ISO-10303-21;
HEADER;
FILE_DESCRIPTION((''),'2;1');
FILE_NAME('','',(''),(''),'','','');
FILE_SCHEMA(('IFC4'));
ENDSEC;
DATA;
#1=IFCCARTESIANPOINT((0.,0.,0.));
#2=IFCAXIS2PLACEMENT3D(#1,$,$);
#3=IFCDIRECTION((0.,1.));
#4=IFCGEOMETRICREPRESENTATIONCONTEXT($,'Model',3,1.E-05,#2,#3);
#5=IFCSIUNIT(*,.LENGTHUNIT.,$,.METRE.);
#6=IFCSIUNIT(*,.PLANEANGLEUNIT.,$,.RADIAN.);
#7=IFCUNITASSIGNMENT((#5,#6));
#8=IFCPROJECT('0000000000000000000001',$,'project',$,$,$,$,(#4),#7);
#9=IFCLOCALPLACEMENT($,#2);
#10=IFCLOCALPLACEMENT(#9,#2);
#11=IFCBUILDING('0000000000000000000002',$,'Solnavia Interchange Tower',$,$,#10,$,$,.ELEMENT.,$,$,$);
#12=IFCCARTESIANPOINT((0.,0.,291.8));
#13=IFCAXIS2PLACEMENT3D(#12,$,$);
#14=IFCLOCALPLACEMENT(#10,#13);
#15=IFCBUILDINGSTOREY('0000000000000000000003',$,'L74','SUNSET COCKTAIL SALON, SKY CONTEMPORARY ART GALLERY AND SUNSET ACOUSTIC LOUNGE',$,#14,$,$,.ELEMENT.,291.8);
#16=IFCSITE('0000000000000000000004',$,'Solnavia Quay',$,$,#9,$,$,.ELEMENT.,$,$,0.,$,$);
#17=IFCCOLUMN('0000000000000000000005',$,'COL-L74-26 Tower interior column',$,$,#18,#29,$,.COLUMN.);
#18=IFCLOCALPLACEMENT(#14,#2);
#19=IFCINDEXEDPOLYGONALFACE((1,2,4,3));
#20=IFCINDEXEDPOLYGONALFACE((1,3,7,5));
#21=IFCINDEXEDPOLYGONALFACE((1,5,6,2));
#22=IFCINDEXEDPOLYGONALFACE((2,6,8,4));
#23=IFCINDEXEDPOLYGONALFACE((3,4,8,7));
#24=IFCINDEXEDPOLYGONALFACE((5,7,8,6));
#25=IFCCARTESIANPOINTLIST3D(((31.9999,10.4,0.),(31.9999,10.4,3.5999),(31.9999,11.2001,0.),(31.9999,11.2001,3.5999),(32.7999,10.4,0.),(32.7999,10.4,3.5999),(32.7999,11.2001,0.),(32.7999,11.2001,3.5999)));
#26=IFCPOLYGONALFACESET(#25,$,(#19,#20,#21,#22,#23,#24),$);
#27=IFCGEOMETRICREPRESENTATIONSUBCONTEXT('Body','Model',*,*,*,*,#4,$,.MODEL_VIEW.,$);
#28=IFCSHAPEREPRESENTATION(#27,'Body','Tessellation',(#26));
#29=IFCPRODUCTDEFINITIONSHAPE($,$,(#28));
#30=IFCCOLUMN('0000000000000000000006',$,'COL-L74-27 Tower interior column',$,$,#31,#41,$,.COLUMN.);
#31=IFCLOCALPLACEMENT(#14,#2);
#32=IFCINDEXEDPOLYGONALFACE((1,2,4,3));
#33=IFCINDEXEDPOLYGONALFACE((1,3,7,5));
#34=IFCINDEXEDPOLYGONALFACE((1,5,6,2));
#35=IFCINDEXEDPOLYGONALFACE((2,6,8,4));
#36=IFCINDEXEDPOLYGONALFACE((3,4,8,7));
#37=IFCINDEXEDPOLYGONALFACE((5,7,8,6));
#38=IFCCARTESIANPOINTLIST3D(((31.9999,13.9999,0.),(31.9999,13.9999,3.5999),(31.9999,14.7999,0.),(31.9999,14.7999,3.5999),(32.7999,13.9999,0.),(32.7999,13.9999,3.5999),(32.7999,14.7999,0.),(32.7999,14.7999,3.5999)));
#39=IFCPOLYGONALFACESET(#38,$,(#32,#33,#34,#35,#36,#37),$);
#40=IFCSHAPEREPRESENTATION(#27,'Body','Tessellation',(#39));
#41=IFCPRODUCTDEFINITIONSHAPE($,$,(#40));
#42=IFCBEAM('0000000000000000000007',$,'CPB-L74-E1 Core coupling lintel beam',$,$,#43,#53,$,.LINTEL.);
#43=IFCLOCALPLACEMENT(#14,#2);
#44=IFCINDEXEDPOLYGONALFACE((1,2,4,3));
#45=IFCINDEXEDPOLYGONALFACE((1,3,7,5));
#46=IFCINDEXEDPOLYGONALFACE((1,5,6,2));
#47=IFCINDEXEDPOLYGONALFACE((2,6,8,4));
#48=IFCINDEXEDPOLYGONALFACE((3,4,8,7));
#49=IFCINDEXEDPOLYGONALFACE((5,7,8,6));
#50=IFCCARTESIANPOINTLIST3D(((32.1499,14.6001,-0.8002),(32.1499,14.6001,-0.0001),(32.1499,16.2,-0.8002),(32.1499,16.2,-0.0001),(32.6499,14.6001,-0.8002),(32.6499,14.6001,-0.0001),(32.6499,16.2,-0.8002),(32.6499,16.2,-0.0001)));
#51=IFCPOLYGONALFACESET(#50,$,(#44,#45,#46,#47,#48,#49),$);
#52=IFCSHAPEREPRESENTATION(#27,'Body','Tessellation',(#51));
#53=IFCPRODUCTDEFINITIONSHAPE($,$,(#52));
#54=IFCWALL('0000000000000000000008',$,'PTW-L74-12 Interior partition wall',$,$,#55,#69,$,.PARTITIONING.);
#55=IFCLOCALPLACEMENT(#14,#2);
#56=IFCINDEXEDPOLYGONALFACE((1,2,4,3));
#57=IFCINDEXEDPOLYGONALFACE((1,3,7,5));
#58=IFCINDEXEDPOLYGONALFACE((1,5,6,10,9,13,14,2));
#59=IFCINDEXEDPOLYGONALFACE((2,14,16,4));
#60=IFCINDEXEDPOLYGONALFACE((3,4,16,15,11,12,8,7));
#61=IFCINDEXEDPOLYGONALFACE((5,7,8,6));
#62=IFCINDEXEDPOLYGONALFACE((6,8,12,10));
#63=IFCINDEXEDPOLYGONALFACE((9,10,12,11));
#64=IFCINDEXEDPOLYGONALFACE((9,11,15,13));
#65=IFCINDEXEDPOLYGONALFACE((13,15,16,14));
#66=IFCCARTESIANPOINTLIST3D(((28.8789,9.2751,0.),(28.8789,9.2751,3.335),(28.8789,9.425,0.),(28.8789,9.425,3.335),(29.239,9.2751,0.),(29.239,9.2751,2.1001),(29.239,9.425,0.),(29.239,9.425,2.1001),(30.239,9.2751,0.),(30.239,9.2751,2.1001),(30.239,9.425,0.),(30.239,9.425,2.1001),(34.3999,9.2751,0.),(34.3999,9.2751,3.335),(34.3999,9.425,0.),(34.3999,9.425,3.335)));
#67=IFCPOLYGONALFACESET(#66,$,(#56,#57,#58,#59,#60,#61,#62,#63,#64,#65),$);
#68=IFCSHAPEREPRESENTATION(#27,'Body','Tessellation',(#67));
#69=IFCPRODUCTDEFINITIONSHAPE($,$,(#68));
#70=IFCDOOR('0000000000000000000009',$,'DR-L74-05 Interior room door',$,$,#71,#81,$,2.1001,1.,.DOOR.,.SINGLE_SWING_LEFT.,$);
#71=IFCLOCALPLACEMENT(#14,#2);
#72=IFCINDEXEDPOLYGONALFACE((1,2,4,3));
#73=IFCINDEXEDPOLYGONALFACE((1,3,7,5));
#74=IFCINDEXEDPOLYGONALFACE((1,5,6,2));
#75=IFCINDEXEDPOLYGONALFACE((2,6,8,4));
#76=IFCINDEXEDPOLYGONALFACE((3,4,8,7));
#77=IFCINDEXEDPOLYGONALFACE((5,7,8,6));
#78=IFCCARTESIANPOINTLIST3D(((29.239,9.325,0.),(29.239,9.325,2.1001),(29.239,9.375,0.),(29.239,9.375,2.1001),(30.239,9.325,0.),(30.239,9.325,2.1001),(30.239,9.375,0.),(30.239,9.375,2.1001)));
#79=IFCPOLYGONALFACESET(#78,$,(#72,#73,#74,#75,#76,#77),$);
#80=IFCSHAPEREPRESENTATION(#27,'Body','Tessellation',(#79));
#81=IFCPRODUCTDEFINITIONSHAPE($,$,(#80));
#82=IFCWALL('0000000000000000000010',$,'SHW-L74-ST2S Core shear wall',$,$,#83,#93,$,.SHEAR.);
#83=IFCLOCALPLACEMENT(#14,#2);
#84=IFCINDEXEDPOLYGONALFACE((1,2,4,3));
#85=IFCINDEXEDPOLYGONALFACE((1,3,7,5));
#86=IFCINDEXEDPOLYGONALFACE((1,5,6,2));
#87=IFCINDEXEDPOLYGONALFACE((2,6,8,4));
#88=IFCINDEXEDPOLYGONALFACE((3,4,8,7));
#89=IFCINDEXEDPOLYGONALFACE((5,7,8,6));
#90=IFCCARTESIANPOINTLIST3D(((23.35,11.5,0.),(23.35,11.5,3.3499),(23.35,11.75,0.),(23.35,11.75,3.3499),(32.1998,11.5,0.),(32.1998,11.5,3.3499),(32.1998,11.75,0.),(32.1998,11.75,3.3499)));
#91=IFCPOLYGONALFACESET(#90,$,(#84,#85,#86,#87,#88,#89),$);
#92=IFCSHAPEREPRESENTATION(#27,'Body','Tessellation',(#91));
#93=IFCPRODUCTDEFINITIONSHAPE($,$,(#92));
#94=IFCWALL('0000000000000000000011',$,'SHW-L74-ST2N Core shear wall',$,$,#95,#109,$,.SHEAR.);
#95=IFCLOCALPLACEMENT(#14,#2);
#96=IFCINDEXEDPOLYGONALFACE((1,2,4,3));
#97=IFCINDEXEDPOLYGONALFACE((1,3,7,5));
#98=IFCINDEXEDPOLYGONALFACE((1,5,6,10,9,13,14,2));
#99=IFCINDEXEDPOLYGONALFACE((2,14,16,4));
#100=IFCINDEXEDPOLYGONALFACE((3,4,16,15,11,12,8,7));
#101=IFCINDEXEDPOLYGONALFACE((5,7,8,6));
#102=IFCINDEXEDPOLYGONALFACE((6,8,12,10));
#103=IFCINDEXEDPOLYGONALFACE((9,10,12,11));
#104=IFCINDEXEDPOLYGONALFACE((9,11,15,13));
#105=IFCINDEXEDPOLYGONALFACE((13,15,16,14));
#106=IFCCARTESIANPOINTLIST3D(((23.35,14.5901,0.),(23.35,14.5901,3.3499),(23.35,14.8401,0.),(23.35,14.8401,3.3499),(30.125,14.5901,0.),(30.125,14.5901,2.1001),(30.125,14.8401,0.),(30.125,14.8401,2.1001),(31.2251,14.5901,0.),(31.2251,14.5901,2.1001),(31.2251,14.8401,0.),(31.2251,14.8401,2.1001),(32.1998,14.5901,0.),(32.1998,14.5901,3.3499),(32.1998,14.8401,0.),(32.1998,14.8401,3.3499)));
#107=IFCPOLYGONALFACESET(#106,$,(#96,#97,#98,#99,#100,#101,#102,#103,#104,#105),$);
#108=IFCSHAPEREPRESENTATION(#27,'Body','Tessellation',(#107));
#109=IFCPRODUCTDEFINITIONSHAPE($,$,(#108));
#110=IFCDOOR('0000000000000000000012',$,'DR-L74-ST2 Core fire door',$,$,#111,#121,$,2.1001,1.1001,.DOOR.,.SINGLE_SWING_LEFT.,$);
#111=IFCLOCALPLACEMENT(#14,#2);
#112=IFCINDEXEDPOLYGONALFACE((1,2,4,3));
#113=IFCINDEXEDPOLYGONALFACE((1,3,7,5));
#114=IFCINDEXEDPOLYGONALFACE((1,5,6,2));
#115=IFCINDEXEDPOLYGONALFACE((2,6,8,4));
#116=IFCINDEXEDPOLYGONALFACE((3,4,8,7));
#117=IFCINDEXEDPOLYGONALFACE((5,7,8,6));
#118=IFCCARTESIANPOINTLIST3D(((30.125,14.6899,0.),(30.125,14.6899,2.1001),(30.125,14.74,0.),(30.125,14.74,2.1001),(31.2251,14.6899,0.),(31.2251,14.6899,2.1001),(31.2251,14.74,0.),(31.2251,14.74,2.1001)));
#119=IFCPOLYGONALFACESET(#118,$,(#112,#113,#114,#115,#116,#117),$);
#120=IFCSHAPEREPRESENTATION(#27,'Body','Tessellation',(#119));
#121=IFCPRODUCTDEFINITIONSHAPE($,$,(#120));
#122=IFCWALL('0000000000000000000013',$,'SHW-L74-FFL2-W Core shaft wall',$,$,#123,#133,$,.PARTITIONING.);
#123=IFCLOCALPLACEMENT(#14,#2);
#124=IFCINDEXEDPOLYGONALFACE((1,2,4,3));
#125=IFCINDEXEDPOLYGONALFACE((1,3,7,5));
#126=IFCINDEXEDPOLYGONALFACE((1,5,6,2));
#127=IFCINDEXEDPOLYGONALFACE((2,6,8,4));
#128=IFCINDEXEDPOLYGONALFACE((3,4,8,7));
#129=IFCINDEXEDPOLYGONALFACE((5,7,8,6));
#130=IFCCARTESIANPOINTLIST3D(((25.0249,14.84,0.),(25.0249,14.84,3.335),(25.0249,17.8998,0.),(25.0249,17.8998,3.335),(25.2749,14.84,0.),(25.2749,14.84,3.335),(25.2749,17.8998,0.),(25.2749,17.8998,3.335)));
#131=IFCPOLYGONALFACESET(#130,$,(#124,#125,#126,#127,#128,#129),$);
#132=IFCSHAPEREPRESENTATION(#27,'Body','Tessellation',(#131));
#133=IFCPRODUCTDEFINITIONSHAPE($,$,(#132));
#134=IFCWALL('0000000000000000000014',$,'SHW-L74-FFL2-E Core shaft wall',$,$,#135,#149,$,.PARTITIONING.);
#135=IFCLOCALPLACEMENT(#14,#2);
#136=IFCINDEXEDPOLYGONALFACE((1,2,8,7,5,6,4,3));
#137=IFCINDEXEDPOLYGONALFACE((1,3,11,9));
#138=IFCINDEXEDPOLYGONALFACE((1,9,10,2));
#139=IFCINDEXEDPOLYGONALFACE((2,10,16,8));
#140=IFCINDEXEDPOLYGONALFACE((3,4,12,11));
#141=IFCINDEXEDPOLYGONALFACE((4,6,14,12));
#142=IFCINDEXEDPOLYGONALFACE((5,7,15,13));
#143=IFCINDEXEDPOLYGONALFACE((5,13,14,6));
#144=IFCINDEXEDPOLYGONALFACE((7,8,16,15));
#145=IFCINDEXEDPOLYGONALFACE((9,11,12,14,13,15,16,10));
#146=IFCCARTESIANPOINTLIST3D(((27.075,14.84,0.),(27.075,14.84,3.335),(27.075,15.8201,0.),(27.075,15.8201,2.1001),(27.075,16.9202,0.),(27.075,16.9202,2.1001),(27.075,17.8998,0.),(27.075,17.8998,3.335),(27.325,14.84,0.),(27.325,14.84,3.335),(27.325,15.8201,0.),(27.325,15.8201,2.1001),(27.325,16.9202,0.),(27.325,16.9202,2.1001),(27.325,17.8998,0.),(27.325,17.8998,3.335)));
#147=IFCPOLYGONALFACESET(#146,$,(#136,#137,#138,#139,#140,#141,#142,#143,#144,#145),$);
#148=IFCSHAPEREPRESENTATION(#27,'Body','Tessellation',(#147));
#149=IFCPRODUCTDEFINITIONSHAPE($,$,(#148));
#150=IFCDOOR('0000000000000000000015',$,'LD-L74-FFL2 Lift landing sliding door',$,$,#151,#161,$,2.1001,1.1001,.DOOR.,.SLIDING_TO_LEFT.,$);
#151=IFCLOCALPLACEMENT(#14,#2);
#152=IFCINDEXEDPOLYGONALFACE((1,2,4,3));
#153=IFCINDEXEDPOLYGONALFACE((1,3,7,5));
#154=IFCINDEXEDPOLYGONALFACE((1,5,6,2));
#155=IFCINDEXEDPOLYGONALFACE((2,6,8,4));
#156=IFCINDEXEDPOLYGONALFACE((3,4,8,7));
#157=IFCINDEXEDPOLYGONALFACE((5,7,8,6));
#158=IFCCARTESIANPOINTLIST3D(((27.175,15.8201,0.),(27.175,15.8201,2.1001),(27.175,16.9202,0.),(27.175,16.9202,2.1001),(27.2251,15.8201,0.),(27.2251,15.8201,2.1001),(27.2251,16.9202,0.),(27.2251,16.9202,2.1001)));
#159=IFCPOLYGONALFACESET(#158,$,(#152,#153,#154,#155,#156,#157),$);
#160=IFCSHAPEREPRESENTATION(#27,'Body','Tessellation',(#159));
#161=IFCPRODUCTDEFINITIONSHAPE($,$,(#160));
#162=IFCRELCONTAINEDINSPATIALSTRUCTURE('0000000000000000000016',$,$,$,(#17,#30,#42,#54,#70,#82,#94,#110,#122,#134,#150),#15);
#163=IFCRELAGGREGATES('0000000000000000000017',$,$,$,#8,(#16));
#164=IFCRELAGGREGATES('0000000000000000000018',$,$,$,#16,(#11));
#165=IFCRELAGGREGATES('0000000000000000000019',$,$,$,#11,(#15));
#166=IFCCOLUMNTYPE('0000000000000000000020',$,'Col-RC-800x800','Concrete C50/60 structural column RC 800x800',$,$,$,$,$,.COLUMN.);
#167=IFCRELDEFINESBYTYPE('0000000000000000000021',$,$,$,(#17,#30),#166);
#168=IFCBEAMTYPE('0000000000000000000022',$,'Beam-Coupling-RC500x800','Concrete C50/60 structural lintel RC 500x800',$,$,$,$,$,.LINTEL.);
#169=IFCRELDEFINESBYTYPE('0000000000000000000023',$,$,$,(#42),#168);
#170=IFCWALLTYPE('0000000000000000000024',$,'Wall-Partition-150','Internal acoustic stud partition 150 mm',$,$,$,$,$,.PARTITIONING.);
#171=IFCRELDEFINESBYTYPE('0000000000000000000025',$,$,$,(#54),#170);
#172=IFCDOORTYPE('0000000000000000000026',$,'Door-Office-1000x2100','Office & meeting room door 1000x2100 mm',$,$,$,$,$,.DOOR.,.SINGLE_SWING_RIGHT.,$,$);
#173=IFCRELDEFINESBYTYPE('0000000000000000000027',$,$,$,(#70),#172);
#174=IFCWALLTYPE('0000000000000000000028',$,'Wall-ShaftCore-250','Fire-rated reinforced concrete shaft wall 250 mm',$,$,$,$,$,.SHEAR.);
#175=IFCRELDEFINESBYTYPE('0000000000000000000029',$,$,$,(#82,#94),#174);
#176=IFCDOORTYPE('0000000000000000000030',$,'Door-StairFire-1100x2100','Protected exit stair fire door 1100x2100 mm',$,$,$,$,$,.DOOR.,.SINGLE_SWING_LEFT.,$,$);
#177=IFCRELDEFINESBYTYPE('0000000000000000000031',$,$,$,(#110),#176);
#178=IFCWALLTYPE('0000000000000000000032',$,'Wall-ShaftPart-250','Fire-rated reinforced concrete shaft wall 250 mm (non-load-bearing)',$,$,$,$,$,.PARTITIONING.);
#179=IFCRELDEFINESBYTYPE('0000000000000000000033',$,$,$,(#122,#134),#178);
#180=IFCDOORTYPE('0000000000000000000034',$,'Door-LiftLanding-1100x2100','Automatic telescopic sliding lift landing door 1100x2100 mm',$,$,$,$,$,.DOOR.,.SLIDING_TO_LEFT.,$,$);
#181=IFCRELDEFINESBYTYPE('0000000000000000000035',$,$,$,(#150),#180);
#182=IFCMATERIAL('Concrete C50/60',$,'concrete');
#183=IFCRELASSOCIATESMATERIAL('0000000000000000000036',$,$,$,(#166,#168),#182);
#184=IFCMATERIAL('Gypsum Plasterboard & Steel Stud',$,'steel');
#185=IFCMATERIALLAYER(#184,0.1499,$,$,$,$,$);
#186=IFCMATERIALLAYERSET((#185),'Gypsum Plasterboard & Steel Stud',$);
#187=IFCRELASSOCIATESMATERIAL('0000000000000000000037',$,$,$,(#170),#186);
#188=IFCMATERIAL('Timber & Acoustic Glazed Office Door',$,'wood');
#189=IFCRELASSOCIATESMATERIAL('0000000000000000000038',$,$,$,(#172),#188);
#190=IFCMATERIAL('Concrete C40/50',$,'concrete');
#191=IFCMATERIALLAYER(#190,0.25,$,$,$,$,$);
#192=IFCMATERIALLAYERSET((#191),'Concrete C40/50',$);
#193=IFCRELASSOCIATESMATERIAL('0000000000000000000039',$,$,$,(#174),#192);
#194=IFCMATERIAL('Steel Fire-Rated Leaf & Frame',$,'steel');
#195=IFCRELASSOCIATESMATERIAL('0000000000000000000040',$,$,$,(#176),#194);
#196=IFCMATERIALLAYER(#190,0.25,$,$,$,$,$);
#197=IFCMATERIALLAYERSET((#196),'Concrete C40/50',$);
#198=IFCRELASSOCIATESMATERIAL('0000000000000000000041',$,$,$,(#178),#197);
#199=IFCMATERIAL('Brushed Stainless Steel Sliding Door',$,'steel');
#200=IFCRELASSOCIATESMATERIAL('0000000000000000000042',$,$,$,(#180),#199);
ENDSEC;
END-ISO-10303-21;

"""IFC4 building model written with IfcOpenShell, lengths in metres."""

from ifc_helpers import new_model, si_unit, direction, frame, frame_2d, origin, origin_2d, place, context, subcontext, project, spatial, rectangle, extrude, material, layer, layer_set, material_profile, profile_set, type_object, element, fill, save


model = new_model("IFC4")

# Units and contexts
model_context = context("Model", 3, precision=1e-05, world=origin(), true_north=direction((0.0, 1.0)))
body_context = subcontext(model_context, "Body", "Model", "MODEL_VIEW")
ifc_project = project(units=[si_unit("LENGTHUNIT", "METRE"), si_unit("PLANEANGLEUNIT", "RADIAN")], contexts=[model_context])

# Site, building, storey
site_placement = place(None, origin())
site = spatial("IfcSite", under=ifc_project, at=site_placement, Name="Solnavia Quay", CompositionType="ELEMENT", RefElevation=0.0)
building_placement = place(site_placement, origin())
building = spatial("IfcBuilding", under=site, at=building_placement, Name="Solnavia Interchange Tower", CompositionType="ELEMENT")
storey_placement = place(building_placement, frame((0.0, 0.0, 291.8)))
storey = spatial("IfcBuildingStorey", under=building, at=storey_placement, Name="L74", Description="SUNSET COCKTAIL SALON, SKY CONTEMPORARY ART GALLERY AND SUNSET ACOUSTIC LOUNGE", CompositionType="ELEMENT", Elevation=291.8)

# Columns
ifc_material_1 = material(Name="Concrete C50/60", Category="concrete")
ifc_material_profile_1 = material_profile(ifc_material_1, rectangle(XDim=0.8, YDim=0.8, at=origin_2d()), Name="RC 800x800")
ifc_profile_set_1 = profile_set([ifc_material_profile_1], Name="Concrete C50/60")
column_type = type_object("IfcColumnType", Name="Col-RC-800x800", Description="Concrete C50/60 structural column RC 800x800", PredefinedType="COLUMN", material=ifc_profile_set_1)
for number, where, z_axis, x_axis, name in (
    (1, (32.3999, 10.8, 0.0), (0.0, 0.0, 1.0), (1.0, 0.0, 0.0), "COL-L74-26 Tower interior column"),
    (2, (32.3999, 14.3999, 0.0), (0.0, 0.0, 1.0), (1.0, 0.0, 0.0), "COL-L74-27 Tower interior column"),
):
    element("IfcColumn", number, at=place(storey_placement, frame(where, z_axis=z_axis, x_axis=x_axis)), inside=storey, type_object=column_type, Name=name, PredefinedType="COLUMN", context=body_context, shape_type="SweptSolid", body=[
        extrude(rectangle(XDim=0.8, YDim=0.8, at=origin_2d()), origin(), (0.0, 0.0, 1.0), 3.5999),
    ])

# Beam
ifc_material_profile_2 = material_profile(ifc_material_1, rectangle(XDim=0.5, YDim=0.8, at=origin_2d()), Name="RC 500x800")
ifc_profile_set_2 = profile_set([ifc_material_profile_2], Name="Concrete C50/60")
beam_type = type_object("IfcBeamType", Name="Beam-Coupling-RC500x800", Description="Concrete C50/60 structural lintel RC 500x800", PredefinedType="LINTEL", material=ifc_profile_set_2)
beam_placement = place(storey_placement, frame((32.3999, 14.6001, -0.4001), z_axis=(0.0, 1.0, 0.0), x_axis=(-1.0, 0.0, 0.0)))
element("IfcBeam", 3, at=beam_placement, inside=storey, type_object=beam_type, Name="CPB-L74-E1 Core coupling lintel beam", PredefinedType="LINTEL", context=body_context, shape_type="SweptSolid", body=[
    extrude(rectangle(XDim=0.5, YDim=0.8, at=origin_2d()), origin(), (0.0, 0.0, 1.0), 1.5999),
])

# Wall, opening, door
ifc_material_2 = material(Name="Gypsum Plasterboard & Steel Stud", Category="steel")
ifc_layer_1 = layer(ifc_material_2, 0.1499)
ifc_layer_set_1 = layer_set([ifc_layer_1], Name="Gypsum Plasterboard & Steel Stud")
wall_type_1 = type_object("IfcWallType", Name="Wall-Partition-150", Description="Internal acoustic stud partition 150 mm", PredefinedType="PARTITIONING", material=ifc_layer_set_1)
wall_1_placement = place(storey_placement, frame((28.8789, 9.3501, 0.0), z_axis=(0.0, 0.0, 1.0), x_axis=(1.0, 0.0, 0.0)))
wall_1 = element("IfcWall", 4, at=wall_1_placement, inside=storey, type_object=wall_type_1, Name="PTW-L74-12 Interior partition wall", PredefinedType="PARTITIONING", context=body_context, shape_type="SweptSolid", body=[
    extrude(rectangle(XDim=5.521, YDim=0.1499, at=frame_2d((2.7605, 0.0))), origin(), (0.0, 0.0, 1.0), 3.335),
])
opening_1_placement = place(wall_1_placement, frame((0.3601, 0.0, 0.0)))
opening_1 = element("IfcOpeningElement", 5, at=opening_1_placement, cuts=wall_1, PredefinedType="OPENING", context=body_context, shape_type="SweptSolid", body=[
    extrude(rectangle(XDim=1.0, YDim=2.1001, at=frame_2d((0.5, 1.05))), frame((0.0, 0.085, 0.0), z_axis=(0.0, -1.0, 0.0), x_axis=(1.0, 0.0, 0.0)), (0.0, 0.0, 1.0), 0.1699),
])
ifc_material_3 = material(Name="Timber & Acoustic Glazed Office Door", Category="wood")
door_type_1 = type_object("IfcDoorType", Name="Door-Office-1000x2100", Description="Office & meeting room door 1000x2100 mm", OperationType="SINGLE_SWING_RIGHT", PredefinedType="DOOR", material=ifc_material_3)
door_1_placement = place(opening_1_placement, origin())
door_1 = element("IfcDoor", 6, at=door_1_placement, inside=storey, type_object=door_type_1, Name="DR-L74-05 Interior room door", OperationType="SINGLE_SWING_LEFT", OverallHeight=2.1001, OverallWidth=1.0, PredefinedType="DOOR", context=body_context, shape_type="SweptSolid", body=[
    extrude(rectangle(XDim=1.0, YDim=2.1001, at=frame_2d((0.5, 1.05))), frame((0.0, 0.0249, 0.0), z_axis=(0.0, -1.0, 0.0), x_axis=(1.0, 0.0, 0.0)), (0.0, 0.0, 1.0), 0.05),
])
fill(opening_1, door_1)

# Wall
ifc_material_4 = material(Name="Concrete C40/50", Category="concrete")
ifc_layer_2 = layer(ifc_material_4, 0.25)
ifc_layer_set_2 = layer_set([ifc_layer_2], Name="Concrete C40/50")
wall_type_2 = type_object("IfcWallType", Name="Wall-ShaftCore-250", Description="Fire-rated reinforced concrete shaft wall 250 mm", PredefinedType="SHEAR", material=ifc_layer_set_2)
wall_2_placement = place(storey_placement, frame((23.3501, 11.625, 0.0), z_axis=(0.0, 0.0, 1.0), x_axis=(1.0, 0.0, 0.0)))
element("IfcWall", 7, at=wall_2_placement, inside=storey, type_object=wall_type_2, Name="SHW-L74-ST2S Core shear wall", PredefinedType="SHEAR", context=body_context, shape_type="SweptSolid", body=[
    extrude(rectangle(XDim=8.8499, YDim=0.25, at=frame_2d((4.4248, 0.0))), origin(), (0.0, 0.0, 1.0), 3.3499),
])

# Wall, opening, door
wall_3_placement = place(storey_placement, frame((23.3501, 14.7151, 0.0), z_axis=(0.0, 0.0, 1.0), x_axis=(1.0, 0.0, 0.0)))
wall_3 = element("IfcWall", 8, at=wall_3_placement, inside=storey, type_object=wall_type_2, Name="SHW-L74-ST2N Core shear wall", PredefinedType="SHEAR", context=body_context, shape_type="SweptSolid", body=[
    extrude(rectangle(XDim=8.8499, YDim=0.25, at=frame_2d((4.4248, 0.0))), origin(), (0.0, 0.0, 1.0), 3.3499),
])
opening_2_placement = place(wall_3_placement, frame((6.7749, 0.0, 0.0)))
opening_2 = element("IfcOpeningElement", 9, at=opening_2_placement, cuts=wall_3, PredefinedType="OPENING", context=body_context, shape_type="SweptSolid", body=[
    extrude(rectangle(XDim=1.1001, YDim=2.1001, at=frame_2d((0.55, 1.05))), frame((0.0, 0.135, 0.0), z_axis=(0.0, -1.0, 0.0), x_axis=(1.0, 0.0, 0.0)), (0.0, 0.0, 1.0), 0.27),
])
ifc_material_5 = material(Name="Steel Fire-Rated Leaf & Frame", Category="steel")
door_type_2 = type_object("IfcDoorType", Name="Door-StairFire-1100x2100", Description="Protected exit stair fire door 1100x2100 mm", OperationType="SINGLE_SWING_LEFT", PredefinedType="DOOR", material=ifc_material_5)
door_2_placement = place(opening_2_placement, origin())
door_2 = element("IfcDoor", 10, at=door_2_placement, inside=storey, type_object=door_type_2, Name="DR-L74-ST2 Core fire door", OperationType="SINGLE_SWING_LEFT", OverallHeight=2.1001, OverallWidth=1.1001, PredefinedType="DOOR", context=body_context, shape_type="SweptSolid", body=[
    extrude(rectangle(XDim=1.1001, YDim=2.1001, at=frame_2d((0.55, 1.05))), frame((0.0, 0.0249, 0.0), z_axis=(0.0, -1.0, 0.0), x_axis=(1.0, 0.0, 0.0)), (0.0, 0.0, 1.0), 0.05),
])
fill(opening_2, door_2)

# Wall
ifc_layer_3 = layer(ifc_material_4, 0.25)
ifc_layer_set_3 = layer_set([ifc_layer_3], Name="Concrete C40/50")
wall_type_3 = type_object("IfcWallType", Name="Wall-ShaftPart-250", Description="Fire-rated reinforced concrete shaft wall 250 mm (non-load-bearing)", PredefinedType="PARTITIONING", material=ifc_layer_set_3)
wall_4_placement = place(storey_placement, frame((25.1499, 14.8401, 0.0), z_axis=(0.0, 0.0, 1.0), x_axis=(0.0, 1.0, 0.0)))
element("IfcWall", 11, at=wall_4_placement, inside=storey, type_object=wall_type_3, Name="SHW-L74-FFL2-W Core shaft wall", PredefinedType="PARTITIONING", context=body_context, shape_type="SweptSolid", body=[
    extrude(rectangle(XDim=3.0598, YDim=0.25, at=frame_2d((1.5298, 0.0))), origin(), (0.0, 0.0, 1.0), 3.335),
])

# Wall, opening, door
wall_5_placement = place(storey_placement, frame((27.2, 14.8401, 0.0), z_axis=(0.0, 0.0, 1.0), x_axis=(0.0, 1.0, 0.0)))
wall_5 = element("IfcWall", 12, at=wall_5_placement, inside=storey, type_object=wall_type_3, Name="SHW-L74-FFL2-E Core shaft wall", PredefinedType="PARTITIONING", context=body_context, shape_type="SweptSolid", body=[
    extrude(rectangle(XDim=3.0598, YDim=0.25, at=frame_2d((1.5298, 0.0))), origin(), (0.0, 0.0, 1.0), 3.335),
])
opening_3_placement = place(wall_5_placement, frame((0.98, 0.0, 0.0)))
opening_3 = element("IfcOpeningElement", 13, at=opening_3_placement, cuts=wall_5, PredefinedType="OPENING", context=body_context, shape_type="SweptSolid", body=[
    extrude(rectangle(XDim=1.1001, YDim=2.1001, at=frame_2d((0.55, 1.05))), frame((0.0, 0.135, 0.0), z_axis=(0.0, -1.0, 0.0), x_axis=(1.0, 0.0, 0.0)), (0.0, 0.0, 1.0), 0.27),
])
ifc_material_6 = material(Name="Brushed Stainless Steel Sliding Door", Category="steel")
door_type_3 = type_object("IfcDoorType", Name="Door-LiftLanding-1100x2100", Description="Automatic telescopic sliding lift landing door 1100x2100 mm", OperationType="SLIDING_TO_LEFT", PredefinedType="DOOR", material=ifc_material_6)
door_3_placement = place(opening_3_placement, origin())
door_3 = element("IfcDoor", 14, at=door_3_placement, inside=storey, type_object=door_type_3, Name="LD-L74-FFL2 Lift landing sliding door", OperationType="SLIDING_TO_LEFT", OverallHeight=2.1001, OverallWidth=1.1001, PredefinedType="DOOR", context=body_context, shape_type="SweptSolid", body=[
    extrude(rectangle(XDim=1.1001, YDim=2.1001, at=frame_2d((0.55, 1.05))), frame((0.0, 0.0249, 0.0), z_axis=(0.0, -1.0, 0.0), x_axis=(1.0, 0.0, 0.0)), (0.0, 0.0, 1.0), 0.05),
])
fill(opening_3, door_3)

save(model, "model.ifc")
